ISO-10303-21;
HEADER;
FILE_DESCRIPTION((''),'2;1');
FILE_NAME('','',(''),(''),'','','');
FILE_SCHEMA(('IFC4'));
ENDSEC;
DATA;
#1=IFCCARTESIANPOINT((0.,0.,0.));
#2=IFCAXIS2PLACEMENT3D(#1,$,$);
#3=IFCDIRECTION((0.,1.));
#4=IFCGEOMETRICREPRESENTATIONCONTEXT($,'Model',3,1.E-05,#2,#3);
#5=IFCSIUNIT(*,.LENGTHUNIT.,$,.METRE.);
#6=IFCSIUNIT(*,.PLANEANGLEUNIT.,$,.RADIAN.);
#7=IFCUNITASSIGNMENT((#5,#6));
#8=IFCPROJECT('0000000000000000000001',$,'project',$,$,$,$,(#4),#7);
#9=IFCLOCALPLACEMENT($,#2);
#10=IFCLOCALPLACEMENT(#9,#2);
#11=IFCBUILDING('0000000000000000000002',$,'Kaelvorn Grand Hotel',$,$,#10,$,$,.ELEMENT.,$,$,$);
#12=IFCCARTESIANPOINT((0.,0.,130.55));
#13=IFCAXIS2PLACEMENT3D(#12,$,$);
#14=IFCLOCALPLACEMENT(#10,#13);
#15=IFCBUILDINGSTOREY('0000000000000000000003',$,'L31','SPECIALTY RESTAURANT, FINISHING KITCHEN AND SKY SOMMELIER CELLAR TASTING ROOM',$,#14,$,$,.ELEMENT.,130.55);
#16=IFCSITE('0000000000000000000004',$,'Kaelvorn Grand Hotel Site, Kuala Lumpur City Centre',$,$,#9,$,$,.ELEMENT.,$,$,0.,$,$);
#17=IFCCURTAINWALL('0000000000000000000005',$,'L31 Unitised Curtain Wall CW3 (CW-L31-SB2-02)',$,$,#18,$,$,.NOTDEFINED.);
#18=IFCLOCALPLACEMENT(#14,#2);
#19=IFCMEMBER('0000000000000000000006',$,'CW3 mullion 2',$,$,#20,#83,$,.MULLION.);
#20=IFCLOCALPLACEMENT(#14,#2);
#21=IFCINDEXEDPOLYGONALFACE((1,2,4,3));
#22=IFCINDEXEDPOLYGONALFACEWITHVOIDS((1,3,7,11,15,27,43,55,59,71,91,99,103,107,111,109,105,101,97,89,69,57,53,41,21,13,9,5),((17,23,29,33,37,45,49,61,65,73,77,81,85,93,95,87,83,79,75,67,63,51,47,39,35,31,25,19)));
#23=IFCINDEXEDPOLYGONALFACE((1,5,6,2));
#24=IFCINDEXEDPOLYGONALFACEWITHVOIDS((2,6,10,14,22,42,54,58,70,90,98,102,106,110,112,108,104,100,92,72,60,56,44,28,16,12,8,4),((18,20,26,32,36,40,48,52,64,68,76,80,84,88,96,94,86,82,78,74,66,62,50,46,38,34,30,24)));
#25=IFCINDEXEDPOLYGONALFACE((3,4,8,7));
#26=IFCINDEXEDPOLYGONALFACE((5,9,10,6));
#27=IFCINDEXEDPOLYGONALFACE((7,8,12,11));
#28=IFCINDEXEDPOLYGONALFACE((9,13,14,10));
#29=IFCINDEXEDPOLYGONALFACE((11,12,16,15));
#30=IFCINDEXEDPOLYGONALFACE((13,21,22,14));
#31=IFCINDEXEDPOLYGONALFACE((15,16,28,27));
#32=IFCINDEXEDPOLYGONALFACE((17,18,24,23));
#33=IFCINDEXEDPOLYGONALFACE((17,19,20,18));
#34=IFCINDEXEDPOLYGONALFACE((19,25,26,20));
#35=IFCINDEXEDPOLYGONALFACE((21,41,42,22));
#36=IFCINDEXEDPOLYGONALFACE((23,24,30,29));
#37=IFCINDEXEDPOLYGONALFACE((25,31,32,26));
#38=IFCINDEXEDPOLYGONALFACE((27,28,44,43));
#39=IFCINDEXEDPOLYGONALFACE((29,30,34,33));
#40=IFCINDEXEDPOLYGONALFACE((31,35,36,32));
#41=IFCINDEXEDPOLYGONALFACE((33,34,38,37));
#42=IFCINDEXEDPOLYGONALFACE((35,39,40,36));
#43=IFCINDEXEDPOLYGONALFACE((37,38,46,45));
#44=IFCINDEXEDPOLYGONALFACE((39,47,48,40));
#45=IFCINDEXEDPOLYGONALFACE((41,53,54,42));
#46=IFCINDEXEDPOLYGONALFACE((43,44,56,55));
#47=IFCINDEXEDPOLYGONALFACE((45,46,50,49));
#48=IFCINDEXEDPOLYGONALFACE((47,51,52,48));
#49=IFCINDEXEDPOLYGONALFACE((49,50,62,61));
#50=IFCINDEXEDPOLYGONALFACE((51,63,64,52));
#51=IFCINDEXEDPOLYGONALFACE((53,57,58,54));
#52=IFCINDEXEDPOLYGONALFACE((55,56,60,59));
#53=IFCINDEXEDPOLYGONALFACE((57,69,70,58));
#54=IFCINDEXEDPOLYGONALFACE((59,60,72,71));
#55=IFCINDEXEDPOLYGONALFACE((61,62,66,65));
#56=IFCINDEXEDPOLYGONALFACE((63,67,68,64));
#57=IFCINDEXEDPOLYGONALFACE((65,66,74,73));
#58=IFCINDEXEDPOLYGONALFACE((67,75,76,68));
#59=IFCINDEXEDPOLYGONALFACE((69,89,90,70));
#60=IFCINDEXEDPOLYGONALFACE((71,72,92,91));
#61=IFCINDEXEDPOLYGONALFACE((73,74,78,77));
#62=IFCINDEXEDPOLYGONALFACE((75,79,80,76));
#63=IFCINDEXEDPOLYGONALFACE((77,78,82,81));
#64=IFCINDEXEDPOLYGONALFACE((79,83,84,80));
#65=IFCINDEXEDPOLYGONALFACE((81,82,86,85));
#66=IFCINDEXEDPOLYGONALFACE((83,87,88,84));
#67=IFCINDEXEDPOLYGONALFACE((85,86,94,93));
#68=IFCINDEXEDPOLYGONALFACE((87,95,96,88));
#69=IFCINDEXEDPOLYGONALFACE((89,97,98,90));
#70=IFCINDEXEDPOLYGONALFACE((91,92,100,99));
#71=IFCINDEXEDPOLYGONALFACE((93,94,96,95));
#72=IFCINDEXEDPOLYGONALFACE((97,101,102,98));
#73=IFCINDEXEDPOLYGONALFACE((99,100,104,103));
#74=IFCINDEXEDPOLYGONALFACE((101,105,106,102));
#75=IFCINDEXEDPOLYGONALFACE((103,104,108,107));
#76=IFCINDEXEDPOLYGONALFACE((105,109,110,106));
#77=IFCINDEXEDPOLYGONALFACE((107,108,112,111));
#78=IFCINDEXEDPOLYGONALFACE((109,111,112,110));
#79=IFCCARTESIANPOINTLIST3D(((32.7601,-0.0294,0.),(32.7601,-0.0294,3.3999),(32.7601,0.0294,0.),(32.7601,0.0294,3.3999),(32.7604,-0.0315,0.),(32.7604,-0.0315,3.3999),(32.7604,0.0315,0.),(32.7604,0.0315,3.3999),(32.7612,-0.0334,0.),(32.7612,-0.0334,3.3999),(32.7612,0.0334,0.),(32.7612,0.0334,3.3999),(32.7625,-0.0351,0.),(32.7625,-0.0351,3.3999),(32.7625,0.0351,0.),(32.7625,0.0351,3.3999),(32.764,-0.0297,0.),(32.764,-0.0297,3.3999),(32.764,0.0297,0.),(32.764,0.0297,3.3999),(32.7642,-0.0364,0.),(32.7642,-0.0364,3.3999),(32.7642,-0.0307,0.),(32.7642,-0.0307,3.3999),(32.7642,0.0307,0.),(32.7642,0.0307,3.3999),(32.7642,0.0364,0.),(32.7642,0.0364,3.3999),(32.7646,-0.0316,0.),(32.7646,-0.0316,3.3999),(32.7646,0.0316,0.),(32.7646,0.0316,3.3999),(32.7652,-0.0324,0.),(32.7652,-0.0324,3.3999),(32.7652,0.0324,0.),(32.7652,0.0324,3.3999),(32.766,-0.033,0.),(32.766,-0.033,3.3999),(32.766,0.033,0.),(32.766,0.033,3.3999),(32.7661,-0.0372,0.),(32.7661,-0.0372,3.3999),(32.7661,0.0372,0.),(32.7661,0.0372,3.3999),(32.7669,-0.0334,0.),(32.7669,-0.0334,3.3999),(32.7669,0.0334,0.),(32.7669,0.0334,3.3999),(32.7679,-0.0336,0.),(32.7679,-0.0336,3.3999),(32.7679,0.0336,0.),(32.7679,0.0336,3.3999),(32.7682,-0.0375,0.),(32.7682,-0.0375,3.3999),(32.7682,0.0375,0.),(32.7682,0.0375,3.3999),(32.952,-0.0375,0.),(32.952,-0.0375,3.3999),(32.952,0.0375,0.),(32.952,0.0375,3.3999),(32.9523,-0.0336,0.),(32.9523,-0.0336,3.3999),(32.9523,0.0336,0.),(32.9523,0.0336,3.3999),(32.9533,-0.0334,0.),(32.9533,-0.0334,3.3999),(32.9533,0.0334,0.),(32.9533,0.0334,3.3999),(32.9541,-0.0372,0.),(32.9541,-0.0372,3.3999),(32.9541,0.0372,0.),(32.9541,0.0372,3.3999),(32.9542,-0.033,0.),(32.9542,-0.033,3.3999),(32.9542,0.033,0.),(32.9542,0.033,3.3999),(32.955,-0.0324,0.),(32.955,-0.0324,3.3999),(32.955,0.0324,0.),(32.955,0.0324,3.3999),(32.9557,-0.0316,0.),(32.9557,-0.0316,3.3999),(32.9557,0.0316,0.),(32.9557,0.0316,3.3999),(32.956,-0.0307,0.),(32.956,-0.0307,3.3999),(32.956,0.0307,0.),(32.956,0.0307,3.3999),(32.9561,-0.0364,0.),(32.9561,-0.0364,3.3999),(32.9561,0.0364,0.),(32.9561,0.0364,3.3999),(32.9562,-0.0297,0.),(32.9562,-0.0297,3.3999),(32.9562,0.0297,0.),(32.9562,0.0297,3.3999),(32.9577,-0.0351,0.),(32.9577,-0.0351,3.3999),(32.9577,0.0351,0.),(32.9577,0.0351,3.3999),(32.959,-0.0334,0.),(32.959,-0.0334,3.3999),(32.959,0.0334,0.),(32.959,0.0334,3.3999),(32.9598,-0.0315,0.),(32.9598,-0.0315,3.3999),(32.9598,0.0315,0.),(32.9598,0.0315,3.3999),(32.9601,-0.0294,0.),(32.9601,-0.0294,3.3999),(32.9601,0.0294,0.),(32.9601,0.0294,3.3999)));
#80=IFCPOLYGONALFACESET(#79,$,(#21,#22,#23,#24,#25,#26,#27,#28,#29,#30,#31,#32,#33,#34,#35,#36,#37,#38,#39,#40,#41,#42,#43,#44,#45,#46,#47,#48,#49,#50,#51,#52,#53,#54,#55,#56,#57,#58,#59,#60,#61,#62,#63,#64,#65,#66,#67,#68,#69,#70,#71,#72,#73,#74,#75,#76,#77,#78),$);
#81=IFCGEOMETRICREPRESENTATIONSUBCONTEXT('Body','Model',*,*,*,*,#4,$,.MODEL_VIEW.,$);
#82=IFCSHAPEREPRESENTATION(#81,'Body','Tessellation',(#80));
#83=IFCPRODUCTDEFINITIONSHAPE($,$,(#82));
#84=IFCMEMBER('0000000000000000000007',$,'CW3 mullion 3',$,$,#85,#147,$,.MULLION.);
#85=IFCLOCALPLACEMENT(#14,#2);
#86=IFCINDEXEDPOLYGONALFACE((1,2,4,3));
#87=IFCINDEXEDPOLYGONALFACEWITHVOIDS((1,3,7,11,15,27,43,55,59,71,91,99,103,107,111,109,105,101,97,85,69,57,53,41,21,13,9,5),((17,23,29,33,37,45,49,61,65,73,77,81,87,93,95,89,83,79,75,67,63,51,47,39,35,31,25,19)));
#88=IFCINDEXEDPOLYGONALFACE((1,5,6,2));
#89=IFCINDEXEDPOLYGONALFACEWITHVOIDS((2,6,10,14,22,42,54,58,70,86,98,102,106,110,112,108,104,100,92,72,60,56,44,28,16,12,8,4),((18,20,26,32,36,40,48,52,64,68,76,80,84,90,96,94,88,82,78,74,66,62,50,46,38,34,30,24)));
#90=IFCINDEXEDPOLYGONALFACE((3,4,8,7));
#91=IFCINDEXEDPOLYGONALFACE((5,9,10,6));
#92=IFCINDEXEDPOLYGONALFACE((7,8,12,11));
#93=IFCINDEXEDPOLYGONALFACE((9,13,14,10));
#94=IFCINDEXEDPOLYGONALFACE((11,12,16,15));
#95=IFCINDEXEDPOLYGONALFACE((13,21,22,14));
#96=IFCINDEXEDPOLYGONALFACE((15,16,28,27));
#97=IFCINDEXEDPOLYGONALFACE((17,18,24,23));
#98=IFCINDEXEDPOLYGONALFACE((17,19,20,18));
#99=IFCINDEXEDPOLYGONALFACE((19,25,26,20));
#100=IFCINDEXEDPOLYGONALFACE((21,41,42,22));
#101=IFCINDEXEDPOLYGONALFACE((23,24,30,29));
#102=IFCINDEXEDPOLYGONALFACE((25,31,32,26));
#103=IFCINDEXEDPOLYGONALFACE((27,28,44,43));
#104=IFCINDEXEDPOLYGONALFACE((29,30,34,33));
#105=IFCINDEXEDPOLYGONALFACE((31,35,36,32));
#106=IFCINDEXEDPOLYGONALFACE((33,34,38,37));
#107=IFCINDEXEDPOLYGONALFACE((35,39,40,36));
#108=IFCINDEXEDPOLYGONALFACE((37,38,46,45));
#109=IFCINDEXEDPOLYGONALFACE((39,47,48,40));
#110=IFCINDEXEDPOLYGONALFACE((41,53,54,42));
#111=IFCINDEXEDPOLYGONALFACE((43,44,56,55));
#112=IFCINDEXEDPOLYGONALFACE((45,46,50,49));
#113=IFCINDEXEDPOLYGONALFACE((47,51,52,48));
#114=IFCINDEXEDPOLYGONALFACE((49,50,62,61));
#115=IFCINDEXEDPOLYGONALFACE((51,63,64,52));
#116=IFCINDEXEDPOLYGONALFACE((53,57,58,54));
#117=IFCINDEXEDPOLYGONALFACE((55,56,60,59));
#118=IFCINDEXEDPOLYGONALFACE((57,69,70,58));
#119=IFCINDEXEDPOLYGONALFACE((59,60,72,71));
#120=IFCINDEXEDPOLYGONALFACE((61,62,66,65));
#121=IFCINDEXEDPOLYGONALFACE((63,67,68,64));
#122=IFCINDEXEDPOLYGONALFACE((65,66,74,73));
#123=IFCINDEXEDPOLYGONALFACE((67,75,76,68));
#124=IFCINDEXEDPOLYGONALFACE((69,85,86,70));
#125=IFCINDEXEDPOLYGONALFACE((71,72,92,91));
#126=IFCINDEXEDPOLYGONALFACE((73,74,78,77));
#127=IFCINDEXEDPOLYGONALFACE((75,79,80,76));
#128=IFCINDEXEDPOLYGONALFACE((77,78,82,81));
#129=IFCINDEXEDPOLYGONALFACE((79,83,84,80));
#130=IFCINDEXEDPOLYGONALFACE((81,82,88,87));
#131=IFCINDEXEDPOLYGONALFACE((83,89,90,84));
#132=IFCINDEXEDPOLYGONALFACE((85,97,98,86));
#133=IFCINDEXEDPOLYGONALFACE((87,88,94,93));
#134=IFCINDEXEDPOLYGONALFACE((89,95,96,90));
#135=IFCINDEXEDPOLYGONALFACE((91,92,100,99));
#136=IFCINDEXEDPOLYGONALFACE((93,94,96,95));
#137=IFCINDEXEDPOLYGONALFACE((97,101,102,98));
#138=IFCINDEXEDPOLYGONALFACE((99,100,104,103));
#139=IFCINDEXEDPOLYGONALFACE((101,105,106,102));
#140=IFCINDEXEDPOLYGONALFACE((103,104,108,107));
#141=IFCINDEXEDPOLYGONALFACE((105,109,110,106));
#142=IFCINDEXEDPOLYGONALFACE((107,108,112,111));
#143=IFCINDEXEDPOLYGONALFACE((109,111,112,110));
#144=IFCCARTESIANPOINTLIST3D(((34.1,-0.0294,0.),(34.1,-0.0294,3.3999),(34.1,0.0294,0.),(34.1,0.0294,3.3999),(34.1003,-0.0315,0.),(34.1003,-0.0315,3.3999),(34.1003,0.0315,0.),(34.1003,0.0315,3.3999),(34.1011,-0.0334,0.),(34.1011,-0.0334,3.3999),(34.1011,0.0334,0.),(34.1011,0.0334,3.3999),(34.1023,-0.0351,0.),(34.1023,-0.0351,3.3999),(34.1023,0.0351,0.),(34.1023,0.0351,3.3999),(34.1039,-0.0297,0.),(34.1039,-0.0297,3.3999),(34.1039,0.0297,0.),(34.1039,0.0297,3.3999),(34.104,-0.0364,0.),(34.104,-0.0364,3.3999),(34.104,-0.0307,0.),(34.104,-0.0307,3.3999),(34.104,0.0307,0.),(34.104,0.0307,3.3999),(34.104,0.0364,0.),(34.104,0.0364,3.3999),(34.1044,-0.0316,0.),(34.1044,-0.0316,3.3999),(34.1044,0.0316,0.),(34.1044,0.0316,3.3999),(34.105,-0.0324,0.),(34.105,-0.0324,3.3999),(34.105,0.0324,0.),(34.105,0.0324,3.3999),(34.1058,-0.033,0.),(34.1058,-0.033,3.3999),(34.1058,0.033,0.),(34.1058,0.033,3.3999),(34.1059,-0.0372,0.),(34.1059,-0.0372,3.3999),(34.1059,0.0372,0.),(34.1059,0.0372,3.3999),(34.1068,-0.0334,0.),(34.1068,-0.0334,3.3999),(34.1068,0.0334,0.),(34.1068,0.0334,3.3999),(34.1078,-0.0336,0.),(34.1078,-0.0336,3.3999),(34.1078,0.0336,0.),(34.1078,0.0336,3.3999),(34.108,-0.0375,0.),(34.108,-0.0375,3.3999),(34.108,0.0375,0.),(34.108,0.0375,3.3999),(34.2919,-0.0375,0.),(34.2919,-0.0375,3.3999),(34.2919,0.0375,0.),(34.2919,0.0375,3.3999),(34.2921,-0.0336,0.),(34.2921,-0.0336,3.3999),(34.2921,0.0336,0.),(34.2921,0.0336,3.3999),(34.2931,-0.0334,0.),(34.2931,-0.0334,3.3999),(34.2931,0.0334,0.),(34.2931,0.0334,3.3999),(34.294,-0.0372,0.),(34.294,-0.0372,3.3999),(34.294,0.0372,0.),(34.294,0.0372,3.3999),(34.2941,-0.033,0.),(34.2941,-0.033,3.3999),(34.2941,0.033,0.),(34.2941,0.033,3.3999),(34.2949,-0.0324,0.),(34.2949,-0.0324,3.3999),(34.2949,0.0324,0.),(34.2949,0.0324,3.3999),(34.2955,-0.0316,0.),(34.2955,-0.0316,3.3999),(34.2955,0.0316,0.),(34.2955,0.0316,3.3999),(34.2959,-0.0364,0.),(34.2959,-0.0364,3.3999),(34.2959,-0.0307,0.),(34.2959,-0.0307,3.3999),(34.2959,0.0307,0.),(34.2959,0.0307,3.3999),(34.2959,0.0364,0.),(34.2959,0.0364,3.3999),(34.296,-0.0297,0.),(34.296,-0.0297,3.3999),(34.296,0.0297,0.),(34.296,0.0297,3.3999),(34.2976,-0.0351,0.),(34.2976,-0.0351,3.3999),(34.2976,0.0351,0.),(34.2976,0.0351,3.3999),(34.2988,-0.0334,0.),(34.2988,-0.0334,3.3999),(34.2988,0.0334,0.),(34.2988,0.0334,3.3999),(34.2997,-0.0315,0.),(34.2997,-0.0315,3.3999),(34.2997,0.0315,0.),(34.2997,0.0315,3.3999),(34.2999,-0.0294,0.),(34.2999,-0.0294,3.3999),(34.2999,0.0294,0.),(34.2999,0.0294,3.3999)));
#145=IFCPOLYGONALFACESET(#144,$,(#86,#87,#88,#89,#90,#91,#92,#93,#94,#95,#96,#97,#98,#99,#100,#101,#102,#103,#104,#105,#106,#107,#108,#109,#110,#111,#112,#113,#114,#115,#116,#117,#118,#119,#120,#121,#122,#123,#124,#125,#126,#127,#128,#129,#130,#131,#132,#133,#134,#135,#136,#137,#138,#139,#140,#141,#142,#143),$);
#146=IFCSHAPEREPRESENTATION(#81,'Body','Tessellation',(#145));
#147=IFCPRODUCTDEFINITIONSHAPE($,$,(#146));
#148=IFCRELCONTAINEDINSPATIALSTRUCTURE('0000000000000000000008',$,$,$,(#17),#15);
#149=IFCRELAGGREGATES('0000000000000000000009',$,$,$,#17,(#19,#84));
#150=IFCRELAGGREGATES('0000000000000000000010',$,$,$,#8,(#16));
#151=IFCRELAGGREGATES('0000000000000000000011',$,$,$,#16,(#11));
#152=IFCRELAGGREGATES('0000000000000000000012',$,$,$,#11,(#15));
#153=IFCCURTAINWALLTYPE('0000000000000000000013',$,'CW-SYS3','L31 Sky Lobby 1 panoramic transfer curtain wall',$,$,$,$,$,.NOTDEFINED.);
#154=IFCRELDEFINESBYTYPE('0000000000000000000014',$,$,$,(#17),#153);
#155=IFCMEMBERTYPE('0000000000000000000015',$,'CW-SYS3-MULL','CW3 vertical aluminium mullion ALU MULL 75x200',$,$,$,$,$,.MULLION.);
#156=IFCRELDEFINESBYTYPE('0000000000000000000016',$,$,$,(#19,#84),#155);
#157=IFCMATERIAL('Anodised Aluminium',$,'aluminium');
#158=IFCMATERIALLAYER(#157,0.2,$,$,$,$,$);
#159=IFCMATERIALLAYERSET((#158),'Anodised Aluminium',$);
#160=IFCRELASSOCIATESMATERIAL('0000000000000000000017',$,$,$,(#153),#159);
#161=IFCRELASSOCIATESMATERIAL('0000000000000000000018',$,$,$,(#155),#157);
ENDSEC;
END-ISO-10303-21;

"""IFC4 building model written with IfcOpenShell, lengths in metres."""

from ifc_helpers import new_model, si_unit, direction, frame, origin, origin_2d, place, context, subcontext, project, spatial, hollow_rectangle, extrude, material, layer, layer_set, material_profile, profile_set, type_object, element, aggregate, save


model = new_model("IFC4")

# Units and contexts
model_context = context("Model", 3, precision=1e-05, world=origin(), true_north=direction((0.0, 1.0)))
body_context = subcontext(model_context, "Body", "Model", "MODEL_VIEW")
ifc_project = project(units=[si_unit("LENGTHUNIT", "METRE"), si_unit("PLANEANGLEUNIT", "RADIAN")], contexts=[model_context])

# Site, building, storey
site_placement = place(None, origin())
site = spatial("IfcSite", under=ifc_project, at=site_placement, Name="Kaelvorn Grand Hotel Site, Kuala Lumpur City Centre", CompositionType="ELEMENT", RefElevation=0.0)
building_placement = place(site_placement, origin())
building = spatial("IfcBuilding", under=site, at=building_placement, Name="Kaelvorn Grand Hotel", CompositionType="ELEMENT")
storey_placement = place(building_placement, frame((0.0, 0.0, 130.55)))
storey = spatial("IfcBuildingStorey", under=building, at=storey_placement, Name="L31", Description="SPECIALTY RESTAURANT, FINISHING KITCHEN AND SKY SOMMELIER CELLAR TASTING ROOM", CompositionType="ELEMENT", Elevation=130.55)

# Shared definitions
ifc_material_1 = material(Name="Anodised Aluminium", Category="aluminium")
ifc_layer_1 = layer(ifc_material_1, 0.2)
ifc_layer_set_1 = layer_set([ifc_layer_1], Name="Anodised Aluminium")
curtain_wall_type = type_object("IfcCurtainWallType", Name="CW-SYS3", Description="L31 Sky Lobby 1 panoramic transfer curtain wall", PredefinedType="NOTDEFINED", material=ifc_layer_set_1)
ifc_material_profile_1 = material_profile(ifc_material_1, hollow_rectangle(XDim=0.075, YDim=0.2, WallThickness=0.0039, InnerFilletRadius=0.0039, OuterFilletRadius=0.0081, at=origin_2d()), Name="ALU MULL 75x200")
ifc_profile_set_1 = profile_set([ifc_material_profile_1], Name="Anodised Aluminium")
member_type_1 = type_object("IfcMemberType", Name="CW-SYS3-MULL", Description="CW3 vertical aluminium mullion ALU MULL 75x200", PredefinedType="MULLION", material=ifc_profile_set_1)

# Curtain wall, members
curtain_wall_1_placement = place(storey_placement, origin())
curtain_wall_1 = element("IfcCurtainWall", 1, at=curtain_wall_1_placement, inside=storey, type_object=curtain_wall_type, Name="L31 Unitised Curtain Wall CW3 (CW-L31-SB2-02)", PredefinedType="NOTDEFINED")
member_1_placement = place(storey_placement, frame((32.8601, 0.0, 0.0), z_axis=(0.0, 0.0, 1.0), x_axis=(0.0, 1.0, 0.0)))
member_1 = element("IfcMember", 2, at=member_1_placement, type_object=member_type_1, Name="CW3 mullion 2", PredefinedType="MULLION", context=body_context, shape_type="SweptSolid", body=[
    extrude(hollow_rectangle(XDim=0.075, YDim=0.2, WallThickness=0.0039, InnerFilletRadius=0.0039, OuterFilletRadius=0.0081, at=origin_2d()), origin(), (0.0, 0.0, 1.0), 3.3999),
])
member_2_placement = place(storey_placement, frame((34.2, 0.0, 0.0), z_axis=(0.0, 0.0, 1.0), x_axis=(0.0, 1.0, 0.0)))
member_2 = element("IfcMember", 3, at=member_2_placement, type_object=member_type_1, Name="CW3 mullion 3", PredefinedType="MULLION", context=body_context, shape_type="SweptSolid", body=[
    extrude(hollow_rectangle(XDim=0.075, YDim=0.2, WallThickness=0.0039, InnerFilletRadius=0.0039, OuterFilletRadius=0.0081, at=origin_2d()), origin(), (0.0, 0.0, 1.0), 3.3999),
])

aggregate(curtain_wall_1, [member_1, member_2])

save(model, "model.ifc")
